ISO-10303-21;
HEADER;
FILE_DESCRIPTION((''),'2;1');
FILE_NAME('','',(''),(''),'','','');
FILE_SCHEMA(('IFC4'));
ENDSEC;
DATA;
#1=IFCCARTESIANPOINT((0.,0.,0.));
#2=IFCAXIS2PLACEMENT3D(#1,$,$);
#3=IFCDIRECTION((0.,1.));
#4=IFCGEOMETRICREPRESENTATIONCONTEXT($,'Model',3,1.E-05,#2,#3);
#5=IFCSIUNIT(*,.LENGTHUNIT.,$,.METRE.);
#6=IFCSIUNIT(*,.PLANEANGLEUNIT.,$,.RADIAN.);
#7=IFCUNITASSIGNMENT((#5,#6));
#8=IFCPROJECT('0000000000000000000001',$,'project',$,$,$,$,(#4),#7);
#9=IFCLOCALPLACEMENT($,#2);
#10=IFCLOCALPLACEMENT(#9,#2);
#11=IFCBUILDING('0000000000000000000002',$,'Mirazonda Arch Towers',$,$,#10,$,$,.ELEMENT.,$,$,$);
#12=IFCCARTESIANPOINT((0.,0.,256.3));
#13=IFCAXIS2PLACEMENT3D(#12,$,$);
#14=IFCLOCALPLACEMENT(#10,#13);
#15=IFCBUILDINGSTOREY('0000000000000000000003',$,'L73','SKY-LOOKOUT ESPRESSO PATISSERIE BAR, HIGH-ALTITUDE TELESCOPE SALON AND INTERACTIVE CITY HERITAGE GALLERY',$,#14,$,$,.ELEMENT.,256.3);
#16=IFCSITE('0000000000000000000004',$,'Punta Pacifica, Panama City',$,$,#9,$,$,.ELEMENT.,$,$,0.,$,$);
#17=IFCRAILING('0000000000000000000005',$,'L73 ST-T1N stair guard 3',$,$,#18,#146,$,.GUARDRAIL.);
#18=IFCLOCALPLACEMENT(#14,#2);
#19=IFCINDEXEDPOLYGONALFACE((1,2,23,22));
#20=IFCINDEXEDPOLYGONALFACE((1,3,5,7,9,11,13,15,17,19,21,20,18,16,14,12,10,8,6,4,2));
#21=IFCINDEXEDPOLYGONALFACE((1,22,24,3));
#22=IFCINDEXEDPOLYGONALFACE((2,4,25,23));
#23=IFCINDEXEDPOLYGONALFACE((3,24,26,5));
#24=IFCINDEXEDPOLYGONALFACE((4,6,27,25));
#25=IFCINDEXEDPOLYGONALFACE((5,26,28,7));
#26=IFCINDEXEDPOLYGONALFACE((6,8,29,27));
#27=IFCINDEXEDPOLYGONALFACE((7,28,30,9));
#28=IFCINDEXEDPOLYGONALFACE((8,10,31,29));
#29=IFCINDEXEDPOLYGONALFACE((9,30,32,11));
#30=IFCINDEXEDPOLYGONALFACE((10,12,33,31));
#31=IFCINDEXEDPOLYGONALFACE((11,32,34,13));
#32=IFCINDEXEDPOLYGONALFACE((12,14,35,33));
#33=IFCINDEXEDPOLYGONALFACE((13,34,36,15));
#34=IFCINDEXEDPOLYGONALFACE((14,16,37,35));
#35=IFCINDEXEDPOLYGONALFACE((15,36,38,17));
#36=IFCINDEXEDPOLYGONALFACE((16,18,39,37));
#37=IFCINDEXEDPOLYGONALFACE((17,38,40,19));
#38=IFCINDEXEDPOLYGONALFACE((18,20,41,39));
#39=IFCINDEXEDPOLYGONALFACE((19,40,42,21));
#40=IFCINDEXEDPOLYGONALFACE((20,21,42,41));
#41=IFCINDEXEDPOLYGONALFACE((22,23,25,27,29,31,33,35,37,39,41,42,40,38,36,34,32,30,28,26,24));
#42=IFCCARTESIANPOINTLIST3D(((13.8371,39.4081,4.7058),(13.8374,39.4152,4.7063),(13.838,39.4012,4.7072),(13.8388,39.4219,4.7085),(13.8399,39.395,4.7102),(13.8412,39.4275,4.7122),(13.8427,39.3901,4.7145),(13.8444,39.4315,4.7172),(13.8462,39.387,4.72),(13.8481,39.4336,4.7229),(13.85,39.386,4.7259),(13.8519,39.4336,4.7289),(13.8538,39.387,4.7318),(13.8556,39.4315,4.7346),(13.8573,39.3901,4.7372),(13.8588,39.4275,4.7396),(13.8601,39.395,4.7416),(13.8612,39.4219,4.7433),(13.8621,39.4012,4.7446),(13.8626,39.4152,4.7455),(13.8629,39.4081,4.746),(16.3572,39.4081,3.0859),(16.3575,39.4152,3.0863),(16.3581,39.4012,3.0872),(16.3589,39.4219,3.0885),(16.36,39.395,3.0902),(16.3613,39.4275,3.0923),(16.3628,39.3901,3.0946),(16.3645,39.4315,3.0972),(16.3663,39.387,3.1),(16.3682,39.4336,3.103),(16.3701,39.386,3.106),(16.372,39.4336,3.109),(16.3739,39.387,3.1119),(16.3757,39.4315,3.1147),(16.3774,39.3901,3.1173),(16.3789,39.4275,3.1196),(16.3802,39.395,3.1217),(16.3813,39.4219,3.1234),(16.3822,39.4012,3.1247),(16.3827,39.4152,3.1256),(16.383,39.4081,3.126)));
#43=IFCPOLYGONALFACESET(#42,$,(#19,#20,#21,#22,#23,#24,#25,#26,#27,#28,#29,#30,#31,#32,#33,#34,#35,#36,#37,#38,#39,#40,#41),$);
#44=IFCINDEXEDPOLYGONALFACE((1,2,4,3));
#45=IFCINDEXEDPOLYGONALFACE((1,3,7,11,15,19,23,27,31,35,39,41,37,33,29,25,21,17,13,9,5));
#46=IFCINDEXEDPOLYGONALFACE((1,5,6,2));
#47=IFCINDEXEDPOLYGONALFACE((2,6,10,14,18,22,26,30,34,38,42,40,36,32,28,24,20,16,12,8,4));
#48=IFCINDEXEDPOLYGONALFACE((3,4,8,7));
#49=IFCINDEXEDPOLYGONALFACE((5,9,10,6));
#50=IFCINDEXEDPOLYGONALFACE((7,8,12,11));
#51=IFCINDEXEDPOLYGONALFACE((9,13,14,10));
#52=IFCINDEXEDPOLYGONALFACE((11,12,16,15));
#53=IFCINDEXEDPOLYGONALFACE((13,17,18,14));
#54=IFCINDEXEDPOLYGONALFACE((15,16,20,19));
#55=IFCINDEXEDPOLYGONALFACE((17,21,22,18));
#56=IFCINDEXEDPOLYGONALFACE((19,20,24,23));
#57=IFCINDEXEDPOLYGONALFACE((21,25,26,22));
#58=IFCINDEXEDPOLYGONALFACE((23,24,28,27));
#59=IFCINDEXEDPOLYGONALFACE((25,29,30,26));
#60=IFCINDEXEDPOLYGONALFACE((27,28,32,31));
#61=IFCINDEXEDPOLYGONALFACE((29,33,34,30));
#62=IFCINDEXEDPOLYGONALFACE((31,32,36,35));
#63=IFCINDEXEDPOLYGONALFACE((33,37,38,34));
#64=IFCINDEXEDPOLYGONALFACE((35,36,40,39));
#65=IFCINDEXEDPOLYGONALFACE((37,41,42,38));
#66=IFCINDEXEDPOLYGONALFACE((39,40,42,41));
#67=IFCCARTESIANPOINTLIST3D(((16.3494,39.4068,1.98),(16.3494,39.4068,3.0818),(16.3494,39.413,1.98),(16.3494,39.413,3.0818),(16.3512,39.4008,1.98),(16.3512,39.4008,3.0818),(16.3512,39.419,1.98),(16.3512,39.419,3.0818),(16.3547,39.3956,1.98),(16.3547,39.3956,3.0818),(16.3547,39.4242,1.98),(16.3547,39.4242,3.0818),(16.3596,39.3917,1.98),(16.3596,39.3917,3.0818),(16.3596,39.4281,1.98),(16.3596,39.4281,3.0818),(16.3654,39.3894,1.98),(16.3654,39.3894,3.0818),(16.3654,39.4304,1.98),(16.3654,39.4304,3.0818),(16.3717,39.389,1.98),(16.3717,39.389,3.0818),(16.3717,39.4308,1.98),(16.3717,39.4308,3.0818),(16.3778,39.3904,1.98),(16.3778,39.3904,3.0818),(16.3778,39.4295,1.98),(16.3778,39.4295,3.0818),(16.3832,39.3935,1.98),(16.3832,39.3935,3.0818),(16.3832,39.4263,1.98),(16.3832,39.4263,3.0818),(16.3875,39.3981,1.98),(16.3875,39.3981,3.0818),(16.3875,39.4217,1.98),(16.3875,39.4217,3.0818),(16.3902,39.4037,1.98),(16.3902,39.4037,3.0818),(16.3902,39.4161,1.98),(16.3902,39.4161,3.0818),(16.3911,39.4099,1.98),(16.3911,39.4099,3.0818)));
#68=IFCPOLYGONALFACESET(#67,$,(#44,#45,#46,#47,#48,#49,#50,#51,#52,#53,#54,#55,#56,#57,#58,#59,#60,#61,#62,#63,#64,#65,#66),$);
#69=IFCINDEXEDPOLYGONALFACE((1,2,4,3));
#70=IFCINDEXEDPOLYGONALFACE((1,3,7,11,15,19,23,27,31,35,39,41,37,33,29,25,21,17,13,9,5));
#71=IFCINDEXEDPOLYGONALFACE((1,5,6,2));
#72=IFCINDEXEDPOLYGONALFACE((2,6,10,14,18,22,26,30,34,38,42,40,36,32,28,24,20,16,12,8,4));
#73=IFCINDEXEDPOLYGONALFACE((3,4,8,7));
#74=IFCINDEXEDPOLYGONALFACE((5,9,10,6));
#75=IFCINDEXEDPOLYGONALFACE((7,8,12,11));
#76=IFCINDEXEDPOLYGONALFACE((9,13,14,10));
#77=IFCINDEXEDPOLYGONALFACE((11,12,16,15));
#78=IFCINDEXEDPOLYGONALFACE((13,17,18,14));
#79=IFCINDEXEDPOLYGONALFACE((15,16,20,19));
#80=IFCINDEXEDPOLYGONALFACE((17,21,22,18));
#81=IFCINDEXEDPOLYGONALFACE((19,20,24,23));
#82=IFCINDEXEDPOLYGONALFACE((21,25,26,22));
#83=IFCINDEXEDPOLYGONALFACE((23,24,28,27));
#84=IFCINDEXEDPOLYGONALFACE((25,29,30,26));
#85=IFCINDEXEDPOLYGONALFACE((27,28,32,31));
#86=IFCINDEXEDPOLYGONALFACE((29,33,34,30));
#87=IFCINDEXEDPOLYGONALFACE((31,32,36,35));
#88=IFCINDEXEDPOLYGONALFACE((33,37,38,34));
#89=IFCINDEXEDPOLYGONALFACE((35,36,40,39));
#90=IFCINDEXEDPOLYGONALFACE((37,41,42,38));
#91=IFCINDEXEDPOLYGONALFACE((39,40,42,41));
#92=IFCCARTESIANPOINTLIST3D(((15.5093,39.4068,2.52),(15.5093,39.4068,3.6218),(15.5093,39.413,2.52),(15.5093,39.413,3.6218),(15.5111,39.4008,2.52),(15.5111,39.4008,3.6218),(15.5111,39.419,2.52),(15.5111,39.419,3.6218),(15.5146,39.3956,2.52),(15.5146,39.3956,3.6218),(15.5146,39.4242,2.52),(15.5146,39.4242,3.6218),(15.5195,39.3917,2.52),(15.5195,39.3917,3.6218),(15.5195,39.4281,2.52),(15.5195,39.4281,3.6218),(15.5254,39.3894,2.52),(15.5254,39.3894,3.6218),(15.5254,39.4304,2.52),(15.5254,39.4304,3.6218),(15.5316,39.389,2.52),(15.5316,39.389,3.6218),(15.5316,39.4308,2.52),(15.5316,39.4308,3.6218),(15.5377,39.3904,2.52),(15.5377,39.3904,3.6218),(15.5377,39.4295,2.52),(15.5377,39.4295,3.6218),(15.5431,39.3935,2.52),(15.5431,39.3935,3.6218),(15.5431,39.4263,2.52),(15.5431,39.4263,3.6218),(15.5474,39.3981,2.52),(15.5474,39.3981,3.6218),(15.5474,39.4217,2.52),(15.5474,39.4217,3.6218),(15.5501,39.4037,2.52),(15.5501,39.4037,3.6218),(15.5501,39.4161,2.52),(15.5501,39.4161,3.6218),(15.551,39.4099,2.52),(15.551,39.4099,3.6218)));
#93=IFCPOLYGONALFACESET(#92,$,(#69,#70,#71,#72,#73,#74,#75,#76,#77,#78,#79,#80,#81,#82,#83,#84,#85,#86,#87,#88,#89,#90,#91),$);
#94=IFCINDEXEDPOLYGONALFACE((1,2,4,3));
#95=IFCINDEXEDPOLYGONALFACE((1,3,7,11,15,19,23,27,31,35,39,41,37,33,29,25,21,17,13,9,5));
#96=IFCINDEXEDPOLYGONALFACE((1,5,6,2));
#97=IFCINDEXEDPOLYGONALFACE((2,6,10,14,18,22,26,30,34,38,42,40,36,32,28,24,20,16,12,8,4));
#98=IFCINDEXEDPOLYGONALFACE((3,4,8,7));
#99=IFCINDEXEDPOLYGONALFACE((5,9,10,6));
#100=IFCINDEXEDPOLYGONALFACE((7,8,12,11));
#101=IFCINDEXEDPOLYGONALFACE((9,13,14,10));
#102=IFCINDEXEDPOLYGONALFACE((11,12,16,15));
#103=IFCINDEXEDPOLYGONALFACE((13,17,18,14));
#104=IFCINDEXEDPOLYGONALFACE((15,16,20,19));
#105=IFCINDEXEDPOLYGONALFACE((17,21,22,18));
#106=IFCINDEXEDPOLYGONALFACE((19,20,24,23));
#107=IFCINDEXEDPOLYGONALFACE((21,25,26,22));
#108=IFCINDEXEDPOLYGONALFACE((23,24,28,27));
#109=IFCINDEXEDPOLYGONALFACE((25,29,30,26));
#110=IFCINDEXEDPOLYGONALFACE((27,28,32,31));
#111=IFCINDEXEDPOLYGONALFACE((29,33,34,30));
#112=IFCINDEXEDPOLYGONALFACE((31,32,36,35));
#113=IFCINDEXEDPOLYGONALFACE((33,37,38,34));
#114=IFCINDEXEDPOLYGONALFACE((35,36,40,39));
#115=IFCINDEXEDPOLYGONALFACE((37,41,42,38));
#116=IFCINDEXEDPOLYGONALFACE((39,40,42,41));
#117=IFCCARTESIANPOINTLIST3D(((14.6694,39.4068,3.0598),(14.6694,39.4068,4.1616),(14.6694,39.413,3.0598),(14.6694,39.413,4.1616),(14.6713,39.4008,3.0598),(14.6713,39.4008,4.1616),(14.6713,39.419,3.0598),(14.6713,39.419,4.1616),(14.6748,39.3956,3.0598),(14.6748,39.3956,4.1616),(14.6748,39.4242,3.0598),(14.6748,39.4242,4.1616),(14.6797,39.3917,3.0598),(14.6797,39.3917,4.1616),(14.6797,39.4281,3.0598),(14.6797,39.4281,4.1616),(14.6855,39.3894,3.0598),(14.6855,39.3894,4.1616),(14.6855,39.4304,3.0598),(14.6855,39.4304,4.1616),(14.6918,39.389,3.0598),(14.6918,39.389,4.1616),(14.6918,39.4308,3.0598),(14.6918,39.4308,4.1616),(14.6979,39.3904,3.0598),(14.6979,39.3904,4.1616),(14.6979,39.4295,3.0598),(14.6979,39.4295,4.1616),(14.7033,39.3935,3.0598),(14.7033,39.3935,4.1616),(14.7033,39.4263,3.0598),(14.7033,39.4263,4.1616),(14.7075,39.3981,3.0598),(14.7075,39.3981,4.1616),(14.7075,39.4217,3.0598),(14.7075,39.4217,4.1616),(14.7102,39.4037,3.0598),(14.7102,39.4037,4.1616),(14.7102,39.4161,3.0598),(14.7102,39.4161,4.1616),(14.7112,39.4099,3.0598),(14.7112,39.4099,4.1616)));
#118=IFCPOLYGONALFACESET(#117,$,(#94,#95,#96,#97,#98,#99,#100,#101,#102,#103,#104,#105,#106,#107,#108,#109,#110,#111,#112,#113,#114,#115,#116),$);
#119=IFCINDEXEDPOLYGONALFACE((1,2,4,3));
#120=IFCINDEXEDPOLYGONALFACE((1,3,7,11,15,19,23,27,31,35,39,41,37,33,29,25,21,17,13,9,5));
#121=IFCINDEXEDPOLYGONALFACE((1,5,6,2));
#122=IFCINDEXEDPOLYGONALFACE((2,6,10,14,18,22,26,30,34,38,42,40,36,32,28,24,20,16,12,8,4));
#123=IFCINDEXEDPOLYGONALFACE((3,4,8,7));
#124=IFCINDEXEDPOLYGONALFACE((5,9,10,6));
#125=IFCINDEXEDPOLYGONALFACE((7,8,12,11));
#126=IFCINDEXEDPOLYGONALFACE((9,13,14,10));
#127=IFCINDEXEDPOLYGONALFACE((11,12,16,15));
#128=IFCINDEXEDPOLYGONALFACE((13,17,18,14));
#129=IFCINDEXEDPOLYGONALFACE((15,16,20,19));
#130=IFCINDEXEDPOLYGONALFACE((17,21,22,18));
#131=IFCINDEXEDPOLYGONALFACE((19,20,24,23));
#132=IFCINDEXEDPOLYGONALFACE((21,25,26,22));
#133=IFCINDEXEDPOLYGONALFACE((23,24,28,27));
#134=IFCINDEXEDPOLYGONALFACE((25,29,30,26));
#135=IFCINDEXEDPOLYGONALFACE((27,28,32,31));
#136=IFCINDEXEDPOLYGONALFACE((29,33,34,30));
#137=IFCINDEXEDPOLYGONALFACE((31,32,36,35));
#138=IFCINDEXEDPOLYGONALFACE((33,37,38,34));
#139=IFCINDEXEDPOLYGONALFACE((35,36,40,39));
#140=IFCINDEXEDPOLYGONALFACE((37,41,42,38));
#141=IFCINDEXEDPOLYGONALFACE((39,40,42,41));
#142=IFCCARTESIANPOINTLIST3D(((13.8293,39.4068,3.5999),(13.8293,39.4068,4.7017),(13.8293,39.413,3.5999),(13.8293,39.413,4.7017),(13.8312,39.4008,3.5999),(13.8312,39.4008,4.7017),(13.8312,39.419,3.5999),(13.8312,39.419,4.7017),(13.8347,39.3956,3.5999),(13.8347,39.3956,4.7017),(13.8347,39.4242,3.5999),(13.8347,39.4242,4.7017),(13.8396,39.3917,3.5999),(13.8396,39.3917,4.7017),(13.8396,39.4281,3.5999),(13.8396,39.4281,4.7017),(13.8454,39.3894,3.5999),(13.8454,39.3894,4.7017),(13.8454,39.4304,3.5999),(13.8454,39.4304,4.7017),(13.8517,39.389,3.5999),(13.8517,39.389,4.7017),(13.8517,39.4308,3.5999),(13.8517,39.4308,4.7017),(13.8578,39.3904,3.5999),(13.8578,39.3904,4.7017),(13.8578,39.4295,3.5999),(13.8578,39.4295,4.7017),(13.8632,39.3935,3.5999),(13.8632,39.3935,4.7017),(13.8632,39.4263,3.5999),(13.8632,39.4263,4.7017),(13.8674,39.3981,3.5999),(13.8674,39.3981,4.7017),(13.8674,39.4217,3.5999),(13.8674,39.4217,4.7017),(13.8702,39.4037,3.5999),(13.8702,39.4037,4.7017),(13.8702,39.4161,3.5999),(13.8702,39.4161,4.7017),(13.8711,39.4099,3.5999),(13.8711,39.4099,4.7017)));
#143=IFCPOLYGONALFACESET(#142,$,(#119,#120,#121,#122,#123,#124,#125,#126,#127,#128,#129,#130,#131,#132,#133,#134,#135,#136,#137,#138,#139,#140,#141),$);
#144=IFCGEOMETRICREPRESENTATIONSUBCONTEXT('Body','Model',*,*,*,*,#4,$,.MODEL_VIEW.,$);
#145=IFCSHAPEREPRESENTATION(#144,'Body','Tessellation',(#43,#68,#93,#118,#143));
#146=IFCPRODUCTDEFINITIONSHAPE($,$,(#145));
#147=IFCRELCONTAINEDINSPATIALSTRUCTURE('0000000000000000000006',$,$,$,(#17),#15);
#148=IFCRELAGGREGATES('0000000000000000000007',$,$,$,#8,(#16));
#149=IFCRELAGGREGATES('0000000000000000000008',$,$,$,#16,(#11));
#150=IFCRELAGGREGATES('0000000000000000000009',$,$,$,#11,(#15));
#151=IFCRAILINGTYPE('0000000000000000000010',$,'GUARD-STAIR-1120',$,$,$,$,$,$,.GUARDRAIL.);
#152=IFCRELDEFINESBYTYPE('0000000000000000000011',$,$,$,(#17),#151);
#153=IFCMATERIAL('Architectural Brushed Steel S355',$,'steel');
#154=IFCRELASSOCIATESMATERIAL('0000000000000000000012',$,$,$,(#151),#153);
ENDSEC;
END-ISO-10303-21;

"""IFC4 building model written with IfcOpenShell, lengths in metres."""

from ifc_helpers import new_model, si_unit, direction, frame, origin, origin_2d, place, context, subcontext, project, spatial, circle, extrude, material, type_object, element, save


model = new_model("IFC4")

# Units and contexts
model_context = context("Model", 3, precision=1e-05, world=origin(), true_north=direction((0.0, 1.0)))
body_context = subcontext(model_context, "Body", "Model", "MODEL_VIEW")
ifc_project = project(units=[si_unit("LENGTHUNIT", "METRE"), si_unit("PLANEANGLEUNIT", "RADIAN")], contexts=[model_context])

# Site, building, storey
site_placement = place(None, origin())
site = spatial("IfcSite", under=ifc_project, at=site_placement, Name="Punta Pacifica, Panama City", CompositionType="ELEMENT", RefElevation=0.0)
building_placement = place(site_placement, origin())
building = spatial("IfcBuilding", under=site, at=building_placement, Name="Mirazonda Arch Towers", CompositionType="ELEMENT")
storey_placement = place(building_placement, frame((0.0, 0.0, 256.3)))
storey = spatial("IfcBuildingStorey", under=building, at=storey_placement, Name="L73", Description="SKY-LOOKOUT ESPRESSO PATISSERIE BAR, HIGH-ALTITUDE TELESCOPE SALON AND INTERACTIVE CITY HERITAGE GALLERY", CompositionType="ELEMENT", Elevation=256.3)

# Shared definitions
ifc_material_1 = material(Name="Architectural Brushed Steel S355", Category="steel")

# Railing
railing_type_1 = type_object("IfcRailingType", Name="GUARD-STAIR-1120", PredefinedType="GUARDRAIL", material=ifc_material_1)
railing_1_placement = place(storey_placement, frame((16.3701, 39.4099, 1.98)))
element("IfcRailing", 1, at=railing_1_placement, inside=storey, type_object=railing_type_1, Name="L73 ST-T1N stair guard 3", PredefinedType="GUARDRAIL", context=body_context, shape_type="SweptSolid", body=[
    extrude(circle(Radius=0.0239, at=origin_2d()), frame((0.0, 0.0, 1.126), z_axis=(-0.8412, 0.0, 0.540725), x_axis=(0.0, -1.0, 0.0)), (0.0, 0.0, 1.0), 2.9958),
    extrude(circle(Radius=0.021, at=origin_2d()), origin(), (0.0, 0.0, 1.0), 1.1018),
    extrude(circle(Radius=0.021, at=origin_2d()), frame((-0.8401, 0.0, 0.54)), (0.0, 0.0, 1.0), 1.1018),
    extrude(circle(Radius=0.021, at=origin_2d()), frame((-1.6799, 0.0, 1.0798)), (0.0, 0.0, 1.0), 1.1018),
    extrude(circle(Radius=0.021, at=origin_2d()), frame((-2.52, 0.0, 1.6199)), (0.0, 0.0, 1.0), 1.1018),
])

save(model, "model.ifc")
